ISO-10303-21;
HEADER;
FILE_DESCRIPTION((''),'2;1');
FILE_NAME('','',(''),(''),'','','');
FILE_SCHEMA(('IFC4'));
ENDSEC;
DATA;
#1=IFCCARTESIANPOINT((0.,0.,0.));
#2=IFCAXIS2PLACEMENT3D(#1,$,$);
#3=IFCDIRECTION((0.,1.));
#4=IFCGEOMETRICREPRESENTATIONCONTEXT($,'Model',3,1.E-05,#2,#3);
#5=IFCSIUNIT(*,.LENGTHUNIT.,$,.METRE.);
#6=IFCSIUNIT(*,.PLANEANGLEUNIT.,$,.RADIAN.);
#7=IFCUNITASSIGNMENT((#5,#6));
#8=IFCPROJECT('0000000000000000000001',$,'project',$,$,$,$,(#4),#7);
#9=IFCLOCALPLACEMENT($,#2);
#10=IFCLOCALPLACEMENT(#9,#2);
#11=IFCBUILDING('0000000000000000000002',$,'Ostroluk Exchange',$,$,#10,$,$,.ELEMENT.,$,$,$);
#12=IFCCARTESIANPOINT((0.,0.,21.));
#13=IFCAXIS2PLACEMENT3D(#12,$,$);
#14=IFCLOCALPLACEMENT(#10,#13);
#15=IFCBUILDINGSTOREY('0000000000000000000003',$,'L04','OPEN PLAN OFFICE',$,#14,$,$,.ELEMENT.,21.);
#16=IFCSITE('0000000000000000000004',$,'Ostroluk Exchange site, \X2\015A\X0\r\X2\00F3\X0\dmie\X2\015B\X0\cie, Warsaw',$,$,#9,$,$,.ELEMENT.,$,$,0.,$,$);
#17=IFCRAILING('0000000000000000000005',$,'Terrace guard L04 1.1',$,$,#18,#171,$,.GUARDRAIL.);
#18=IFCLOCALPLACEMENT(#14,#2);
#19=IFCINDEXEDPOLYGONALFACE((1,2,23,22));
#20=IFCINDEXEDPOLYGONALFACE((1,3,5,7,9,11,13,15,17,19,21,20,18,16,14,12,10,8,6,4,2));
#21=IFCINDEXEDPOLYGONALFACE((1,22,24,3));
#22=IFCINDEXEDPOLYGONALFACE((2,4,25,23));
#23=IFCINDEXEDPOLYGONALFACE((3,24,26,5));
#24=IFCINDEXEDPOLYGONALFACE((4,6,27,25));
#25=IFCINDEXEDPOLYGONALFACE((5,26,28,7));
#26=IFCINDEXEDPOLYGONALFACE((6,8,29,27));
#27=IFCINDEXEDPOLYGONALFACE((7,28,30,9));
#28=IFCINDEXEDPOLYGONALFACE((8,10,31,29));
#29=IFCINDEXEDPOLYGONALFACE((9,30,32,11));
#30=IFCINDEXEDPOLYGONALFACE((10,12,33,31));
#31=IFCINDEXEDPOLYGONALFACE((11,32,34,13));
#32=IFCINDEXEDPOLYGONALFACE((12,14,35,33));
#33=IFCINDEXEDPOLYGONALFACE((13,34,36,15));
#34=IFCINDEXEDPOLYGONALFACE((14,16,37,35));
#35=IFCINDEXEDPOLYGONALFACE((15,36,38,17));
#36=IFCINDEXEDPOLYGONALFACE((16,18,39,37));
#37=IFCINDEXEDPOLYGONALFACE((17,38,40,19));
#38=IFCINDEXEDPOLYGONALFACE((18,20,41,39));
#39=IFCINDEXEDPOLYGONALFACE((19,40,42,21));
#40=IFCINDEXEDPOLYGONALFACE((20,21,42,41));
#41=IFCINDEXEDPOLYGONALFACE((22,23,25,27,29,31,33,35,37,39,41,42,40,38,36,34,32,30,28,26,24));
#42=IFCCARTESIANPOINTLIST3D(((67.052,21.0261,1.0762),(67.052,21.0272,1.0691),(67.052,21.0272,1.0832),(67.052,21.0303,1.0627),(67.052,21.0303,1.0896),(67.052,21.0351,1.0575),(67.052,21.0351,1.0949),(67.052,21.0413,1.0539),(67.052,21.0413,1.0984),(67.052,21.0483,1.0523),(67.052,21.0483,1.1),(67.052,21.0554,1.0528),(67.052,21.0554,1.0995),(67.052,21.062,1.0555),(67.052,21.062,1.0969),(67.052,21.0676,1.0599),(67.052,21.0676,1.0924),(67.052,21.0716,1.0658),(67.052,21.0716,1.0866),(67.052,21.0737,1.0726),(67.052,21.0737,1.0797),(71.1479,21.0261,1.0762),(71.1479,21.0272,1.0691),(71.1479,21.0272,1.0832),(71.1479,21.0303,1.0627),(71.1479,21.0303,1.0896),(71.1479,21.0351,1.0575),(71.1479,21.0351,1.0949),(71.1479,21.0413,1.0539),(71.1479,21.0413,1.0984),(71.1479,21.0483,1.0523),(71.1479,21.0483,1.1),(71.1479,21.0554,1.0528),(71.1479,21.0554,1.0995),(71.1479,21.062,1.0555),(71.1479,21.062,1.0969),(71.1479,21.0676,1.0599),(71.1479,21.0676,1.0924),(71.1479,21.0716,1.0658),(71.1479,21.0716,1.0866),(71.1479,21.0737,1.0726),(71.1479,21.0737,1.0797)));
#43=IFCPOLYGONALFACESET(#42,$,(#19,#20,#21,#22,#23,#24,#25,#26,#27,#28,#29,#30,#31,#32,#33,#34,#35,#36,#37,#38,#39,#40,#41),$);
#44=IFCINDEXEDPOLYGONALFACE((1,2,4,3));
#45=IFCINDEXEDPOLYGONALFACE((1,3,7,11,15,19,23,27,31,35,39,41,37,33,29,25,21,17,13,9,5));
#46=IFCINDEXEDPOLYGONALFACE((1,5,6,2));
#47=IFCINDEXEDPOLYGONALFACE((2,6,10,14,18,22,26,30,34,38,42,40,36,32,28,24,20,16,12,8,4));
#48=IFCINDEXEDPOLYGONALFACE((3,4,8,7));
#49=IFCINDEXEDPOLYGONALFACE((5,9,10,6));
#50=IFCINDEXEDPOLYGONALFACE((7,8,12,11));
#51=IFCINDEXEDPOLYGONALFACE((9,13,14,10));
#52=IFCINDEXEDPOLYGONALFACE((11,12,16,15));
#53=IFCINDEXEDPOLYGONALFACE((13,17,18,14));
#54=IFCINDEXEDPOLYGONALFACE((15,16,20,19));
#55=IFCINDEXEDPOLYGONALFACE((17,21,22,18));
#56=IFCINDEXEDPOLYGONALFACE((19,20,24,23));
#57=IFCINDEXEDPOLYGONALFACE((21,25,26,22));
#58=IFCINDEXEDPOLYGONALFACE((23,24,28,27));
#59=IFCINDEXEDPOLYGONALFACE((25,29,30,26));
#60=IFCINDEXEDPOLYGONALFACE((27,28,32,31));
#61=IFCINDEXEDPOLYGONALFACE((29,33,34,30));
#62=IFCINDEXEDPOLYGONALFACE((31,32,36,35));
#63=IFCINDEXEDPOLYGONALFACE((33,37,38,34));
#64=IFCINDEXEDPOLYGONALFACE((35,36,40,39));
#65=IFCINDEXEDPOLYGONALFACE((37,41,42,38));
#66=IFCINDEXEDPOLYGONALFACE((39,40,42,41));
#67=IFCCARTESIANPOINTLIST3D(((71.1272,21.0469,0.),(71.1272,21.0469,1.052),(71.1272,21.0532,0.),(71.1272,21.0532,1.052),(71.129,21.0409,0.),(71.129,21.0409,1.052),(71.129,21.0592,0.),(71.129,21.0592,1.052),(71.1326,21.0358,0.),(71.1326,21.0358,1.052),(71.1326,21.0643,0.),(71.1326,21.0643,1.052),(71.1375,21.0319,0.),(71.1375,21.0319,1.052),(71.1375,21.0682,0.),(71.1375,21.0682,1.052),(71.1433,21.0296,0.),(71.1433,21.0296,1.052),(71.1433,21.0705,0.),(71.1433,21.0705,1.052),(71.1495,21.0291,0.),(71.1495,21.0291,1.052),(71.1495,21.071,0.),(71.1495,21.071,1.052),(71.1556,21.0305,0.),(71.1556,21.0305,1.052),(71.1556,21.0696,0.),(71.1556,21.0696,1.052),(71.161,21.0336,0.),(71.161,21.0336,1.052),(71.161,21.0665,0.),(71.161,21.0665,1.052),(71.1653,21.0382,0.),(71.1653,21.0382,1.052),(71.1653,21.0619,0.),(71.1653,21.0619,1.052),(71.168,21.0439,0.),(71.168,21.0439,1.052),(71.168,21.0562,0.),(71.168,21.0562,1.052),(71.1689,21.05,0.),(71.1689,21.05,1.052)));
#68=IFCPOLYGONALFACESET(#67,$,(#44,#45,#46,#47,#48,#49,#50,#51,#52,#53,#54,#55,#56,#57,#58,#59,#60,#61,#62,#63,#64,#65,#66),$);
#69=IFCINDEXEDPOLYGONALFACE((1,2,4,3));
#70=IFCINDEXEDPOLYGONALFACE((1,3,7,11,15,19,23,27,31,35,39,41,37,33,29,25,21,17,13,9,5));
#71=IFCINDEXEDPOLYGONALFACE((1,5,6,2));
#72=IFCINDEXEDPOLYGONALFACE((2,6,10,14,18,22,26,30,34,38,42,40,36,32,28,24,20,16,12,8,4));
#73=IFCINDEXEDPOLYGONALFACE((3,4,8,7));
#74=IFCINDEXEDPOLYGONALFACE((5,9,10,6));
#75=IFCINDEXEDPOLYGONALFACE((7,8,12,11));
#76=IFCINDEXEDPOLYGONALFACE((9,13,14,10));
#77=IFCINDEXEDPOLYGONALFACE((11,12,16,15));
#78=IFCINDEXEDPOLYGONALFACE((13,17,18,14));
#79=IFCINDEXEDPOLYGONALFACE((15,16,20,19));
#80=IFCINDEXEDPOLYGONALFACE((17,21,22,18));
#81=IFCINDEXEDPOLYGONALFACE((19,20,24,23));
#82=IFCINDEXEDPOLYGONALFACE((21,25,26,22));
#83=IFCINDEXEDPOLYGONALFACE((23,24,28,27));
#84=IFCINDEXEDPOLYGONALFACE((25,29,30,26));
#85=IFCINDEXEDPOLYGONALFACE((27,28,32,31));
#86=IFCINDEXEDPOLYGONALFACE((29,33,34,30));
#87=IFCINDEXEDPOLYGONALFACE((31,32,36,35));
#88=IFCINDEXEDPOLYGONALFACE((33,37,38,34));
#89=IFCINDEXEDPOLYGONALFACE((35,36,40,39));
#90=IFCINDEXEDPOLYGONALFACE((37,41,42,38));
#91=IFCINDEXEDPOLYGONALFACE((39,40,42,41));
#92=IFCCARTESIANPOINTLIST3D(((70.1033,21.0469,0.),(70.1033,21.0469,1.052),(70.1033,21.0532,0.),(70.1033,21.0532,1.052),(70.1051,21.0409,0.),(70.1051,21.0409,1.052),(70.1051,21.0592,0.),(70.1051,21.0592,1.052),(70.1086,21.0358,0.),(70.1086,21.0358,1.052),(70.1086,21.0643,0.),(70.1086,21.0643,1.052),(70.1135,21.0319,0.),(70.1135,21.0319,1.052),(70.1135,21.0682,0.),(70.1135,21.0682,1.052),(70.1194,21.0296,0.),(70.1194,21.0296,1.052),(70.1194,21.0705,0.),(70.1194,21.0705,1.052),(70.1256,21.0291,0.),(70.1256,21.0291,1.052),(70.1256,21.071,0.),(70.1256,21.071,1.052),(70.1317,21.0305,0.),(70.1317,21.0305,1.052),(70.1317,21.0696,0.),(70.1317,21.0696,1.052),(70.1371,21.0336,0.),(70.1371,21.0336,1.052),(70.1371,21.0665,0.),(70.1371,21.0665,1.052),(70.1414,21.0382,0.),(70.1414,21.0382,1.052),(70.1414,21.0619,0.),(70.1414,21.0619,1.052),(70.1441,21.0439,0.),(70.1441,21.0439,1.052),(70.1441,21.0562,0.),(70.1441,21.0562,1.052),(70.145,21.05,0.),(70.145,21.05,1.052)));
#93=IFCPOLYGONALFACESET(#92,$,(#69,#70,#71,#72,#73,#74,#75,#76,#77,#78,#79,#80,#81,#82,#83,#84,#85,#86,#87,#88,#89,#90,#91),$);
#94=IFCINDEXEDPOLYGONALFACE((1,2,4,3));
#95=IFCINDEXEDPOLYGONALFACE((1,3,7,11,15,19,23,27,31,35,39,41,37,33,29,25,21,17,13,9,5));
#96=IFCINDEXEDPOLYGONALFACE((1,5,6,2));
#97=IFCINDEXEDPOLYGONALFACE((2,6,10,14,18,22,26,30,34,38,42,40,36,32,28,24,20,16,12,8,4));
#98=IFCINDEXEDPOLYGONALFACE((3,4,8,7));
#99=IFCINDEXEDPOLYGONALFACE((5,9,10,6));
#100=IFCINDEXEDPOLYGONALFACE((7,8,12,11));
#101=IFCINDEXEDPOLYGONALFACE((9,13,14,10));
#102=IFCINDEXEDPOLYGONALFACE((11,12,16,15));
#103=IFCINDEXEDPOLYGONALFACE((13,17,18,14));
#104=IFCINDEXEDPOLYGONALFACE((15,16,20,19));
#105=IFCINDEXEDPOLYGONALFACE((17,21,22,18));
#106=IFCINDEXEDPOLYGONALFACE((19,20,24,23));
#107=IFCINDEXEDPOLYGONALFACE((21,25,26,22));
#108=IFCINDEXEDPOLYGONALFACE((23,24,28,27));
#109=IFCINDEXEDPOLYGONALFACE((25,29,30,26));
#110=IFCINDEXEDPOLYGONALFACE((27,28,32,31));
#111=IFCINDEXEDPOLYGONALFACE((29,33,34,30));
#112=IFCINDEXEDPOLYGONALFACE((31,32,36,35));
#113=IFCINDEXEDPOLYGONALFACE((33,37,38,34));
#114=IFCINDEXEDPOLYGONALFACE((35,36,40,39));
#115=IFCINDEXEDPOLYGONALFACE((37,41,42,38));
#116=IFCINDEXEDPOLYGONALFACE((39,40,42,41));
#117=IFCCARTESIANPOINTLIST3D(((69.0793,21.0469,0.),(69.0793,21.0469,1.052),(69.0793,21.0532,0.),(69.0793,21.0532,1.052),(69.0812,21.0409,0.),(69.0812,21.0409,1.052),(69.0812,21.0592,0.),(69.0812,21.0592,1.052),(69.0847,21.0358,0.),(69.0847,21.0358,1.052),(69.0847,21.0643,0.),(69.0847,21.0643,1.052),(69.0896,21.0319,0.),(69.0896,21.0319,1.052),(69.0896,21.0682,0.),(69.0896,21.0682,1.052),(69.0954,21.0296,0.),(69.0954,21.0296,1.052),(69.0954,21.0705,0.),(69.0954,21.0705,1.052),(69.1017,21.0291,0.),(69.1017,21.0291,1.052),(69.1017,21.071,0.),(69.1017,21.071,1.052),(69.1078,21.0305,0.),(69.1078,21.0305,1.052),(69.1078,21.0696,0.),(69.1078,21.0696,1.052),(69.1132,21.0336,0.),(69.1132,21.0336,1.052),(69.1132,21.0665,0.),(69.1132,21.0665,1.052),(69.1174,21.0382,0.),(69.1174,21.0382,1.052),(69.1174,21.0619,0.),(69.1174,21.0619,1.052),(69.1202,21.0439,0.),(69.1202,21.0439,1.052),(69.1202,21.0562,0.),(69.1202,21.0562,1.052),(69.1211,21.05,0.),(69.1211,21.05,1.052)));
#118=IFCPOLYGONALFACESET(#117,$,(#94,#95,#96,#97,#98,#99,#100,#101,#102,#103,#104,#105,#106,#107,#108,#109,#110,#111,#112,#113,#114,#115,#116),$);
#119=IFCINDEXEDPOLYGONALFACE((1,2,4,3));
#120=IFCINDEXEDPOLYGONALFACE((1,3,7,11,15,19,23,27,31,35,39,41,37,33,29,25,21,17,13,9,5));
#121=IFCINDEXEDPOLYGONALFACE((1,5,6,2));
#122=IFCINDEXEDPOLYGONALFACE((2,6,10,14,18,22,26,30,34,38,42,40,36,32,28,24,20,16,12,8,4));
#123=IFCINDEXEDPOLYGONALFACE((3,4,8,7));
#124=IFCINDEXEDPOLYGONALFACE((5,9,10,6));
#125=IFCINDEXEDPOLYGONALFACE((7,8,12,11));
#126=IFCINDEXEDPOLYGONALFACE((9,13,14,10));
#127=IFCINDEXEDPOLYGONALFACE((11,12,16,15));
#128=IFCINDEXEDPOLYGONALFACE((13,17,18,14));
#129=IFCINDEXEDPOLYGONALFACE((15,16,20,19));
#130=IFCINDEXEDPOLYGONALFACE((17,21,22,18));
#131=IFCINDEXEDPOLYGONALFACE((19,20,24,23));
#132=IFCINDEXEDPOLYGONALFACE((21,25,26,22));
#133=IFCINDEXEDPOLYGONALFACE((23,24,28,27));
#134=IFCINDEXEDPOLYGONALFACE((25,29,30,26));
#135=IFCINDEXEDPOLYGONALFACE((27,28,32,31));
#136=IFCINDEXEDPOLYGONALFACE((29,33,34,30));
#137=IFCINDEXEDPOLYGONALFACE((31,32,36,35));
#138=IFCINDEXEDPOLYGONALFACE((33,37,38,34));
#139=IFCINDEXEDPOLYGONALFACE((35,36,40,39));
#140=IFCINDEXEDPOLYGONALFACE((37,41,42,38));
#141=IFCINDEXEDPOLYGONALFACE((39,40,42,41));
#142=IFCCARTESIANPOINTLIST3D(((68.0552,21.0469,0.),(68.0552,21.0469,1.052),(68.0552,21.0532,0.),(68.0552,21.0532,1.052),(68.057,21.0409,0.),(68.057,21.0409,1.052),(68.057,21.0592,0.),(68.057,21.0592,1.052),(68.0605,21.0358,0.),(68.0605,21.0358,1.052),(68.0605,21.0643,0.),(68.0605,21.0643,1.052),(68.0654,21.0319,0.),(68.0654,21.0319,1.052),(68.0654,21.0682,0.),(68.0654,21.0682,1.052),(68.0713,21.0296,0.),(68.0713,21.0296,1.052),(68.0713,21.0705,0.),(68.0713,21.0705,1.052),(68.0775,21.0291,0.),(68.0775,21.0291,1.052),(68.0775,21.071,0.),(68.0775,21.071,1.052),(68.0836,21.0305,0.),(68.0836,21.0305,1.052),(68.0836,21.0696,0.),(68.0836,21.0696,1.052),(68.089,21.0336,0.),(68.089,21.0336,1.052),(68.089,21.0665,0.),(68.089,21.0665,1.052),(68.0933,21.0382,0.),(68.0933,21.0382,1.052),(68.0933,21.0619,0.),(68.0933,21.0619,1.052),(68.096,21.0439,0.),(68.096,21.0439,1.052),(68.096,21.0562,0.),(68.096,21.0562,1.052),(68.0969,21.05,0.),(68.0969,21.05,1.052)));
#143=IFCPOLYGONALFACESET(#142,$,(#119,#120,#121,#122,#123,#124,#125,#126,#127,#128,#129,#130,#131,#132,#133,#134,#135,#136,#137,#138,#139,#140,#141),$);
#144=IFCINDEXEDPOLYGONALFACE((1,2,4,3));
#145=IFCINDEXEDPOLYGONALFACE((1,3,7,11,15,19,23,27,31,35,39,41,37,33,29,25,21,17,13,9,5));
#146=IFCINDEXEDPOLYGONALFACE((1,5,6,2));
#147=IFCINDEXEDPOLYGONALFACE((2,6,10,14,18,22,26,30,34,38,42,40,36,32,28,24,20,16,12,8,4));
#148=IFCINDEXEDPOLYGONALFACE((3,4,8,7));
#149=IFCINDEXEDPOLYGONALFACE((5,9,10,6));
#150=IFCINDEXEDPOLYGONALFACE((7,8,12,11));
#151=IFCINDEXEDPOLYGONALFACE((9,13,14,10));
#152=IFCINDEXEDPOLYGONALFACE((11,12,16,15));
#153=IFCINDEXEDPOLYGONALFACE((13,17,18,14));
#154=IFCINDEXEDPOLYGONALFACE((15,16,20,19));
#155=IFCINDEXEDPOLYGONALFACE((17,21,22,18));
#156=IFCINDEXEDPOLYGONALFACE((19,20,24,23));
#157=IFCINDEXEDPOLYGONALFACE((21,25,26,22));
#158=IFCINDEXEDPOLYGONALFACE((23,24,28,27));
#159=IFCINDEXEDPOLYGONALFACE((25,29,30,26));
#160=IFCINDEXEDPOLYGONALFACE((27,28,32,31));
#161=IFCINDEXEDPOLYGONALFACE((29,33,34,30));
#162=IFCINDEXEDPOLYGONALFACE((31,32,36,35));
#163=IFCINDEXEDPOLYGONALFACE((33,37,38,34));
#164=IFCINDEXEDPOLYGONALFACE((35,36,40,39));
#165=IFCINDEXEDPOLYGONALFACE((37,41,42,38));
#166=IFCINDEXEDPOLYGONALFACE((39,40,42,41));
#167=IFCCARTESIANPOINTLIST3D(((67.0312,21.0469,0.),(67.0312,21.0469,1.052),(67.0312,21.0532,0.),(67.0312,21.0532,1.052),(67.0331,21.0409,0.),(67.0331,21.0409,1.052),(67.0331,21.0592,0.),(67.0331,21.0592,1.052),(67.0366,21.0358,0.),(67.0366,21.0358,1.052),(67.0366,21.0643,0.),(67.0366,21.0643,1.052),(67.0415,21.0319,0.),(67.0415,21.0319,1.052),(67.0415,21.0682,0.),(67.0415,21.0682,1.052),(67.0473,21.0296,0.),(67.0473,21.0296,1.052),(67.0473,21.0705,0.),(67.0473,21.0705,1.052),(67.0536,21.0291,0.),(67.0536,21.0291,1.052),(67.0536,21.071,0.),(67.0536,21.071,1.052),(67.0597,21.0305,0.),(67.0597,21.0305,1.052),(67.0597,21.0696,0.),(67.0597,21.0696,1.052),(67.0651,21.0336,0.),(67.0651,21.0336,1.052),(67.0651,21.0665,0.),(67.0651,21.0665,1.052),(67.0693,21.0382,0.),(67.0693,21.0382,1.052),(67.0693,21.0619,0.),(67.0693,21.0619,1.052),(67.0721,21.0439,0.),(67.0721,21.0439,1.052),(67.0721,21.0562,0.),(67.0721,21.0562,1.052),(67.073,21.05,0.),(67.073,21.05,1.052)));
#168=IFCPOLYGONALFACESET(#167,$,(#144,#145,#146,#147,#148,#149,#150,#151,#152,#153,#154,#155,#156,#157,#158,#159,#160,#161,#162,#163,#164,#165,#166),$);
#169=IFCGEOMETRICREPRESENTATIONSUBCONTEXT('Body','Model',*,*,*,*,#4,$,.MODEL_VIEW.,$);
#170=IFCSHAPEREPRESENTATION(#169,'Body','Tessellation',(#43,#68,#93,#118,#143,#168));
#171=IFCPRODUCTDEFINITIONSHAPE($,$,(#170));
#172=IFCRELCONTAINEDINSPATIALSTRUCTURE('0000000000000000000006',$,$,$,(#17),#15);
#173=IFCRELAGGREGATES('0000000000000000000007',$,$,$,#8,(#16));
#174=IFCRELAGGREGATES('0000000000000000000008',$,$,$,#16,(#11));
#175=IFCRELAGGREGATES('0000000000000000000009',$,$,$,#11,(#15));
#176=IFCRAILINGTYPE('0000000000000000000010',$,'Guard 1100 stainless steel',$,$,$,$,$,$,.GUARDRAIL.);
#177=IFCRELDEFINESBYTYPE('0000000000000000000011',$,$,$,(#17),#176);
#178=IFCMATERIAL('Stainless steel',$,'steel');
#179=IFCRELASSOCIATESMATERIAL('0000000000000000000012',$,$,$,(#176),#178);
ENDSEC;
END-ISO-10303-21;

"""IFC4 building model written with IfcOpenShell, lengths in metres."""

from ifc_helpers import new_model, si_unit, direction, frame, origin, origin_2d, place, context, subcontext, project, spatial, circle, extrude, material, type_object, element, save


model = new_model("IFC4")

# Units and contexts
model_context = context("Model", 3, precision=1e-05, world=origin(), true_north=direction((0.0, 1.0)))
body_context = subcontext(model_context, "Body", "Model", "MODEL_VIEW")
ifc_project = project(units=[si_unit("LENGTHUNIT", "METRE"), si_unit("PLANEANGLEUNIT", "RADIAN")], contexts=[model_context])

# Site, building, storey
site_placement = place(None, origin())
site = spatial("IfcSite", under=ifc_project, at=site_placement, Name="Ostroluk Exchange site, Śródmieście, Warsaw", CompositionType="ELEMENT", RefElevation=0.0)
building_placement = place(site_placement, origin())
building = spatial("IfcBuilding", under=site, at=building_placement, Name="Ostroluk Exchange", CompositionType="ELEMENT")
storey_placement = place(building_placement, frame((0.0, 0.0, 21.0)))
storey = spatial("IfcBuildingStorey", under=building, at=storey_placement, Name="L04", Description="OPEN PLAN OFFICE", CompositionType="ELEMENT", Elevation=21.0)

# Railing
ifc_material_1 = material(Name="Stainless steel", Category="steel")
railing_type_1 = type_object("IfcRailingType", Name="Guard 1100 stainless steel", PredefinedType="GUARDRAIL", material=ifc_material_1)
railing_1_placement = place(storey_placement, frame((71.1479, 21.05, 0.0)))
element("IfcRailing", 1, at=railing_1_placement, inside=storey, type_object=railing_type_1, Name="Terrace guard L04 1.1", PredefinedType="GUARDRAIL", context=body_context, shape_type="SweptSolid", body=[
    extrude(circle(Radius=0.0239, at=origin_2d()), frame((0.0, 0.0, 1.0762), z_axis=(-1.0, 0.0, 0.0), x_axis=(0.0, -1.0, 0.0)), (0.0, 0.0, 1.0), 4.0959),
    extrude(circle(Radius=0.021, at=origin_2d()), origin(), (0.0, 0.0, 1.0), 1.052),
    extrude(circle(Radius=0.021, at=origin_2d()), frame((-1.0239, 0.0, 0.0)), (0.0, 0.0, 1.0), 1.052),
    extrude(circle(Radius=0.021, at=origin_2d()), frame((-2.0479, 0.0, 0.0)), (0.0, 0.0, 1.0), 1.052),
    extrude(circle(Radius=0.021, at=origin_2d()), frame((-3.072, 0.0, 0.0)), (0.0, 0.0, 1.0), 1.052),
    extrude(circle(Radius=0.021, at=origin_2d()), frame((-4.0959, 0.0, 0.0)), (0.0, 0.0, 1.0), 1.052),
])

save(model, "model.ifc")
